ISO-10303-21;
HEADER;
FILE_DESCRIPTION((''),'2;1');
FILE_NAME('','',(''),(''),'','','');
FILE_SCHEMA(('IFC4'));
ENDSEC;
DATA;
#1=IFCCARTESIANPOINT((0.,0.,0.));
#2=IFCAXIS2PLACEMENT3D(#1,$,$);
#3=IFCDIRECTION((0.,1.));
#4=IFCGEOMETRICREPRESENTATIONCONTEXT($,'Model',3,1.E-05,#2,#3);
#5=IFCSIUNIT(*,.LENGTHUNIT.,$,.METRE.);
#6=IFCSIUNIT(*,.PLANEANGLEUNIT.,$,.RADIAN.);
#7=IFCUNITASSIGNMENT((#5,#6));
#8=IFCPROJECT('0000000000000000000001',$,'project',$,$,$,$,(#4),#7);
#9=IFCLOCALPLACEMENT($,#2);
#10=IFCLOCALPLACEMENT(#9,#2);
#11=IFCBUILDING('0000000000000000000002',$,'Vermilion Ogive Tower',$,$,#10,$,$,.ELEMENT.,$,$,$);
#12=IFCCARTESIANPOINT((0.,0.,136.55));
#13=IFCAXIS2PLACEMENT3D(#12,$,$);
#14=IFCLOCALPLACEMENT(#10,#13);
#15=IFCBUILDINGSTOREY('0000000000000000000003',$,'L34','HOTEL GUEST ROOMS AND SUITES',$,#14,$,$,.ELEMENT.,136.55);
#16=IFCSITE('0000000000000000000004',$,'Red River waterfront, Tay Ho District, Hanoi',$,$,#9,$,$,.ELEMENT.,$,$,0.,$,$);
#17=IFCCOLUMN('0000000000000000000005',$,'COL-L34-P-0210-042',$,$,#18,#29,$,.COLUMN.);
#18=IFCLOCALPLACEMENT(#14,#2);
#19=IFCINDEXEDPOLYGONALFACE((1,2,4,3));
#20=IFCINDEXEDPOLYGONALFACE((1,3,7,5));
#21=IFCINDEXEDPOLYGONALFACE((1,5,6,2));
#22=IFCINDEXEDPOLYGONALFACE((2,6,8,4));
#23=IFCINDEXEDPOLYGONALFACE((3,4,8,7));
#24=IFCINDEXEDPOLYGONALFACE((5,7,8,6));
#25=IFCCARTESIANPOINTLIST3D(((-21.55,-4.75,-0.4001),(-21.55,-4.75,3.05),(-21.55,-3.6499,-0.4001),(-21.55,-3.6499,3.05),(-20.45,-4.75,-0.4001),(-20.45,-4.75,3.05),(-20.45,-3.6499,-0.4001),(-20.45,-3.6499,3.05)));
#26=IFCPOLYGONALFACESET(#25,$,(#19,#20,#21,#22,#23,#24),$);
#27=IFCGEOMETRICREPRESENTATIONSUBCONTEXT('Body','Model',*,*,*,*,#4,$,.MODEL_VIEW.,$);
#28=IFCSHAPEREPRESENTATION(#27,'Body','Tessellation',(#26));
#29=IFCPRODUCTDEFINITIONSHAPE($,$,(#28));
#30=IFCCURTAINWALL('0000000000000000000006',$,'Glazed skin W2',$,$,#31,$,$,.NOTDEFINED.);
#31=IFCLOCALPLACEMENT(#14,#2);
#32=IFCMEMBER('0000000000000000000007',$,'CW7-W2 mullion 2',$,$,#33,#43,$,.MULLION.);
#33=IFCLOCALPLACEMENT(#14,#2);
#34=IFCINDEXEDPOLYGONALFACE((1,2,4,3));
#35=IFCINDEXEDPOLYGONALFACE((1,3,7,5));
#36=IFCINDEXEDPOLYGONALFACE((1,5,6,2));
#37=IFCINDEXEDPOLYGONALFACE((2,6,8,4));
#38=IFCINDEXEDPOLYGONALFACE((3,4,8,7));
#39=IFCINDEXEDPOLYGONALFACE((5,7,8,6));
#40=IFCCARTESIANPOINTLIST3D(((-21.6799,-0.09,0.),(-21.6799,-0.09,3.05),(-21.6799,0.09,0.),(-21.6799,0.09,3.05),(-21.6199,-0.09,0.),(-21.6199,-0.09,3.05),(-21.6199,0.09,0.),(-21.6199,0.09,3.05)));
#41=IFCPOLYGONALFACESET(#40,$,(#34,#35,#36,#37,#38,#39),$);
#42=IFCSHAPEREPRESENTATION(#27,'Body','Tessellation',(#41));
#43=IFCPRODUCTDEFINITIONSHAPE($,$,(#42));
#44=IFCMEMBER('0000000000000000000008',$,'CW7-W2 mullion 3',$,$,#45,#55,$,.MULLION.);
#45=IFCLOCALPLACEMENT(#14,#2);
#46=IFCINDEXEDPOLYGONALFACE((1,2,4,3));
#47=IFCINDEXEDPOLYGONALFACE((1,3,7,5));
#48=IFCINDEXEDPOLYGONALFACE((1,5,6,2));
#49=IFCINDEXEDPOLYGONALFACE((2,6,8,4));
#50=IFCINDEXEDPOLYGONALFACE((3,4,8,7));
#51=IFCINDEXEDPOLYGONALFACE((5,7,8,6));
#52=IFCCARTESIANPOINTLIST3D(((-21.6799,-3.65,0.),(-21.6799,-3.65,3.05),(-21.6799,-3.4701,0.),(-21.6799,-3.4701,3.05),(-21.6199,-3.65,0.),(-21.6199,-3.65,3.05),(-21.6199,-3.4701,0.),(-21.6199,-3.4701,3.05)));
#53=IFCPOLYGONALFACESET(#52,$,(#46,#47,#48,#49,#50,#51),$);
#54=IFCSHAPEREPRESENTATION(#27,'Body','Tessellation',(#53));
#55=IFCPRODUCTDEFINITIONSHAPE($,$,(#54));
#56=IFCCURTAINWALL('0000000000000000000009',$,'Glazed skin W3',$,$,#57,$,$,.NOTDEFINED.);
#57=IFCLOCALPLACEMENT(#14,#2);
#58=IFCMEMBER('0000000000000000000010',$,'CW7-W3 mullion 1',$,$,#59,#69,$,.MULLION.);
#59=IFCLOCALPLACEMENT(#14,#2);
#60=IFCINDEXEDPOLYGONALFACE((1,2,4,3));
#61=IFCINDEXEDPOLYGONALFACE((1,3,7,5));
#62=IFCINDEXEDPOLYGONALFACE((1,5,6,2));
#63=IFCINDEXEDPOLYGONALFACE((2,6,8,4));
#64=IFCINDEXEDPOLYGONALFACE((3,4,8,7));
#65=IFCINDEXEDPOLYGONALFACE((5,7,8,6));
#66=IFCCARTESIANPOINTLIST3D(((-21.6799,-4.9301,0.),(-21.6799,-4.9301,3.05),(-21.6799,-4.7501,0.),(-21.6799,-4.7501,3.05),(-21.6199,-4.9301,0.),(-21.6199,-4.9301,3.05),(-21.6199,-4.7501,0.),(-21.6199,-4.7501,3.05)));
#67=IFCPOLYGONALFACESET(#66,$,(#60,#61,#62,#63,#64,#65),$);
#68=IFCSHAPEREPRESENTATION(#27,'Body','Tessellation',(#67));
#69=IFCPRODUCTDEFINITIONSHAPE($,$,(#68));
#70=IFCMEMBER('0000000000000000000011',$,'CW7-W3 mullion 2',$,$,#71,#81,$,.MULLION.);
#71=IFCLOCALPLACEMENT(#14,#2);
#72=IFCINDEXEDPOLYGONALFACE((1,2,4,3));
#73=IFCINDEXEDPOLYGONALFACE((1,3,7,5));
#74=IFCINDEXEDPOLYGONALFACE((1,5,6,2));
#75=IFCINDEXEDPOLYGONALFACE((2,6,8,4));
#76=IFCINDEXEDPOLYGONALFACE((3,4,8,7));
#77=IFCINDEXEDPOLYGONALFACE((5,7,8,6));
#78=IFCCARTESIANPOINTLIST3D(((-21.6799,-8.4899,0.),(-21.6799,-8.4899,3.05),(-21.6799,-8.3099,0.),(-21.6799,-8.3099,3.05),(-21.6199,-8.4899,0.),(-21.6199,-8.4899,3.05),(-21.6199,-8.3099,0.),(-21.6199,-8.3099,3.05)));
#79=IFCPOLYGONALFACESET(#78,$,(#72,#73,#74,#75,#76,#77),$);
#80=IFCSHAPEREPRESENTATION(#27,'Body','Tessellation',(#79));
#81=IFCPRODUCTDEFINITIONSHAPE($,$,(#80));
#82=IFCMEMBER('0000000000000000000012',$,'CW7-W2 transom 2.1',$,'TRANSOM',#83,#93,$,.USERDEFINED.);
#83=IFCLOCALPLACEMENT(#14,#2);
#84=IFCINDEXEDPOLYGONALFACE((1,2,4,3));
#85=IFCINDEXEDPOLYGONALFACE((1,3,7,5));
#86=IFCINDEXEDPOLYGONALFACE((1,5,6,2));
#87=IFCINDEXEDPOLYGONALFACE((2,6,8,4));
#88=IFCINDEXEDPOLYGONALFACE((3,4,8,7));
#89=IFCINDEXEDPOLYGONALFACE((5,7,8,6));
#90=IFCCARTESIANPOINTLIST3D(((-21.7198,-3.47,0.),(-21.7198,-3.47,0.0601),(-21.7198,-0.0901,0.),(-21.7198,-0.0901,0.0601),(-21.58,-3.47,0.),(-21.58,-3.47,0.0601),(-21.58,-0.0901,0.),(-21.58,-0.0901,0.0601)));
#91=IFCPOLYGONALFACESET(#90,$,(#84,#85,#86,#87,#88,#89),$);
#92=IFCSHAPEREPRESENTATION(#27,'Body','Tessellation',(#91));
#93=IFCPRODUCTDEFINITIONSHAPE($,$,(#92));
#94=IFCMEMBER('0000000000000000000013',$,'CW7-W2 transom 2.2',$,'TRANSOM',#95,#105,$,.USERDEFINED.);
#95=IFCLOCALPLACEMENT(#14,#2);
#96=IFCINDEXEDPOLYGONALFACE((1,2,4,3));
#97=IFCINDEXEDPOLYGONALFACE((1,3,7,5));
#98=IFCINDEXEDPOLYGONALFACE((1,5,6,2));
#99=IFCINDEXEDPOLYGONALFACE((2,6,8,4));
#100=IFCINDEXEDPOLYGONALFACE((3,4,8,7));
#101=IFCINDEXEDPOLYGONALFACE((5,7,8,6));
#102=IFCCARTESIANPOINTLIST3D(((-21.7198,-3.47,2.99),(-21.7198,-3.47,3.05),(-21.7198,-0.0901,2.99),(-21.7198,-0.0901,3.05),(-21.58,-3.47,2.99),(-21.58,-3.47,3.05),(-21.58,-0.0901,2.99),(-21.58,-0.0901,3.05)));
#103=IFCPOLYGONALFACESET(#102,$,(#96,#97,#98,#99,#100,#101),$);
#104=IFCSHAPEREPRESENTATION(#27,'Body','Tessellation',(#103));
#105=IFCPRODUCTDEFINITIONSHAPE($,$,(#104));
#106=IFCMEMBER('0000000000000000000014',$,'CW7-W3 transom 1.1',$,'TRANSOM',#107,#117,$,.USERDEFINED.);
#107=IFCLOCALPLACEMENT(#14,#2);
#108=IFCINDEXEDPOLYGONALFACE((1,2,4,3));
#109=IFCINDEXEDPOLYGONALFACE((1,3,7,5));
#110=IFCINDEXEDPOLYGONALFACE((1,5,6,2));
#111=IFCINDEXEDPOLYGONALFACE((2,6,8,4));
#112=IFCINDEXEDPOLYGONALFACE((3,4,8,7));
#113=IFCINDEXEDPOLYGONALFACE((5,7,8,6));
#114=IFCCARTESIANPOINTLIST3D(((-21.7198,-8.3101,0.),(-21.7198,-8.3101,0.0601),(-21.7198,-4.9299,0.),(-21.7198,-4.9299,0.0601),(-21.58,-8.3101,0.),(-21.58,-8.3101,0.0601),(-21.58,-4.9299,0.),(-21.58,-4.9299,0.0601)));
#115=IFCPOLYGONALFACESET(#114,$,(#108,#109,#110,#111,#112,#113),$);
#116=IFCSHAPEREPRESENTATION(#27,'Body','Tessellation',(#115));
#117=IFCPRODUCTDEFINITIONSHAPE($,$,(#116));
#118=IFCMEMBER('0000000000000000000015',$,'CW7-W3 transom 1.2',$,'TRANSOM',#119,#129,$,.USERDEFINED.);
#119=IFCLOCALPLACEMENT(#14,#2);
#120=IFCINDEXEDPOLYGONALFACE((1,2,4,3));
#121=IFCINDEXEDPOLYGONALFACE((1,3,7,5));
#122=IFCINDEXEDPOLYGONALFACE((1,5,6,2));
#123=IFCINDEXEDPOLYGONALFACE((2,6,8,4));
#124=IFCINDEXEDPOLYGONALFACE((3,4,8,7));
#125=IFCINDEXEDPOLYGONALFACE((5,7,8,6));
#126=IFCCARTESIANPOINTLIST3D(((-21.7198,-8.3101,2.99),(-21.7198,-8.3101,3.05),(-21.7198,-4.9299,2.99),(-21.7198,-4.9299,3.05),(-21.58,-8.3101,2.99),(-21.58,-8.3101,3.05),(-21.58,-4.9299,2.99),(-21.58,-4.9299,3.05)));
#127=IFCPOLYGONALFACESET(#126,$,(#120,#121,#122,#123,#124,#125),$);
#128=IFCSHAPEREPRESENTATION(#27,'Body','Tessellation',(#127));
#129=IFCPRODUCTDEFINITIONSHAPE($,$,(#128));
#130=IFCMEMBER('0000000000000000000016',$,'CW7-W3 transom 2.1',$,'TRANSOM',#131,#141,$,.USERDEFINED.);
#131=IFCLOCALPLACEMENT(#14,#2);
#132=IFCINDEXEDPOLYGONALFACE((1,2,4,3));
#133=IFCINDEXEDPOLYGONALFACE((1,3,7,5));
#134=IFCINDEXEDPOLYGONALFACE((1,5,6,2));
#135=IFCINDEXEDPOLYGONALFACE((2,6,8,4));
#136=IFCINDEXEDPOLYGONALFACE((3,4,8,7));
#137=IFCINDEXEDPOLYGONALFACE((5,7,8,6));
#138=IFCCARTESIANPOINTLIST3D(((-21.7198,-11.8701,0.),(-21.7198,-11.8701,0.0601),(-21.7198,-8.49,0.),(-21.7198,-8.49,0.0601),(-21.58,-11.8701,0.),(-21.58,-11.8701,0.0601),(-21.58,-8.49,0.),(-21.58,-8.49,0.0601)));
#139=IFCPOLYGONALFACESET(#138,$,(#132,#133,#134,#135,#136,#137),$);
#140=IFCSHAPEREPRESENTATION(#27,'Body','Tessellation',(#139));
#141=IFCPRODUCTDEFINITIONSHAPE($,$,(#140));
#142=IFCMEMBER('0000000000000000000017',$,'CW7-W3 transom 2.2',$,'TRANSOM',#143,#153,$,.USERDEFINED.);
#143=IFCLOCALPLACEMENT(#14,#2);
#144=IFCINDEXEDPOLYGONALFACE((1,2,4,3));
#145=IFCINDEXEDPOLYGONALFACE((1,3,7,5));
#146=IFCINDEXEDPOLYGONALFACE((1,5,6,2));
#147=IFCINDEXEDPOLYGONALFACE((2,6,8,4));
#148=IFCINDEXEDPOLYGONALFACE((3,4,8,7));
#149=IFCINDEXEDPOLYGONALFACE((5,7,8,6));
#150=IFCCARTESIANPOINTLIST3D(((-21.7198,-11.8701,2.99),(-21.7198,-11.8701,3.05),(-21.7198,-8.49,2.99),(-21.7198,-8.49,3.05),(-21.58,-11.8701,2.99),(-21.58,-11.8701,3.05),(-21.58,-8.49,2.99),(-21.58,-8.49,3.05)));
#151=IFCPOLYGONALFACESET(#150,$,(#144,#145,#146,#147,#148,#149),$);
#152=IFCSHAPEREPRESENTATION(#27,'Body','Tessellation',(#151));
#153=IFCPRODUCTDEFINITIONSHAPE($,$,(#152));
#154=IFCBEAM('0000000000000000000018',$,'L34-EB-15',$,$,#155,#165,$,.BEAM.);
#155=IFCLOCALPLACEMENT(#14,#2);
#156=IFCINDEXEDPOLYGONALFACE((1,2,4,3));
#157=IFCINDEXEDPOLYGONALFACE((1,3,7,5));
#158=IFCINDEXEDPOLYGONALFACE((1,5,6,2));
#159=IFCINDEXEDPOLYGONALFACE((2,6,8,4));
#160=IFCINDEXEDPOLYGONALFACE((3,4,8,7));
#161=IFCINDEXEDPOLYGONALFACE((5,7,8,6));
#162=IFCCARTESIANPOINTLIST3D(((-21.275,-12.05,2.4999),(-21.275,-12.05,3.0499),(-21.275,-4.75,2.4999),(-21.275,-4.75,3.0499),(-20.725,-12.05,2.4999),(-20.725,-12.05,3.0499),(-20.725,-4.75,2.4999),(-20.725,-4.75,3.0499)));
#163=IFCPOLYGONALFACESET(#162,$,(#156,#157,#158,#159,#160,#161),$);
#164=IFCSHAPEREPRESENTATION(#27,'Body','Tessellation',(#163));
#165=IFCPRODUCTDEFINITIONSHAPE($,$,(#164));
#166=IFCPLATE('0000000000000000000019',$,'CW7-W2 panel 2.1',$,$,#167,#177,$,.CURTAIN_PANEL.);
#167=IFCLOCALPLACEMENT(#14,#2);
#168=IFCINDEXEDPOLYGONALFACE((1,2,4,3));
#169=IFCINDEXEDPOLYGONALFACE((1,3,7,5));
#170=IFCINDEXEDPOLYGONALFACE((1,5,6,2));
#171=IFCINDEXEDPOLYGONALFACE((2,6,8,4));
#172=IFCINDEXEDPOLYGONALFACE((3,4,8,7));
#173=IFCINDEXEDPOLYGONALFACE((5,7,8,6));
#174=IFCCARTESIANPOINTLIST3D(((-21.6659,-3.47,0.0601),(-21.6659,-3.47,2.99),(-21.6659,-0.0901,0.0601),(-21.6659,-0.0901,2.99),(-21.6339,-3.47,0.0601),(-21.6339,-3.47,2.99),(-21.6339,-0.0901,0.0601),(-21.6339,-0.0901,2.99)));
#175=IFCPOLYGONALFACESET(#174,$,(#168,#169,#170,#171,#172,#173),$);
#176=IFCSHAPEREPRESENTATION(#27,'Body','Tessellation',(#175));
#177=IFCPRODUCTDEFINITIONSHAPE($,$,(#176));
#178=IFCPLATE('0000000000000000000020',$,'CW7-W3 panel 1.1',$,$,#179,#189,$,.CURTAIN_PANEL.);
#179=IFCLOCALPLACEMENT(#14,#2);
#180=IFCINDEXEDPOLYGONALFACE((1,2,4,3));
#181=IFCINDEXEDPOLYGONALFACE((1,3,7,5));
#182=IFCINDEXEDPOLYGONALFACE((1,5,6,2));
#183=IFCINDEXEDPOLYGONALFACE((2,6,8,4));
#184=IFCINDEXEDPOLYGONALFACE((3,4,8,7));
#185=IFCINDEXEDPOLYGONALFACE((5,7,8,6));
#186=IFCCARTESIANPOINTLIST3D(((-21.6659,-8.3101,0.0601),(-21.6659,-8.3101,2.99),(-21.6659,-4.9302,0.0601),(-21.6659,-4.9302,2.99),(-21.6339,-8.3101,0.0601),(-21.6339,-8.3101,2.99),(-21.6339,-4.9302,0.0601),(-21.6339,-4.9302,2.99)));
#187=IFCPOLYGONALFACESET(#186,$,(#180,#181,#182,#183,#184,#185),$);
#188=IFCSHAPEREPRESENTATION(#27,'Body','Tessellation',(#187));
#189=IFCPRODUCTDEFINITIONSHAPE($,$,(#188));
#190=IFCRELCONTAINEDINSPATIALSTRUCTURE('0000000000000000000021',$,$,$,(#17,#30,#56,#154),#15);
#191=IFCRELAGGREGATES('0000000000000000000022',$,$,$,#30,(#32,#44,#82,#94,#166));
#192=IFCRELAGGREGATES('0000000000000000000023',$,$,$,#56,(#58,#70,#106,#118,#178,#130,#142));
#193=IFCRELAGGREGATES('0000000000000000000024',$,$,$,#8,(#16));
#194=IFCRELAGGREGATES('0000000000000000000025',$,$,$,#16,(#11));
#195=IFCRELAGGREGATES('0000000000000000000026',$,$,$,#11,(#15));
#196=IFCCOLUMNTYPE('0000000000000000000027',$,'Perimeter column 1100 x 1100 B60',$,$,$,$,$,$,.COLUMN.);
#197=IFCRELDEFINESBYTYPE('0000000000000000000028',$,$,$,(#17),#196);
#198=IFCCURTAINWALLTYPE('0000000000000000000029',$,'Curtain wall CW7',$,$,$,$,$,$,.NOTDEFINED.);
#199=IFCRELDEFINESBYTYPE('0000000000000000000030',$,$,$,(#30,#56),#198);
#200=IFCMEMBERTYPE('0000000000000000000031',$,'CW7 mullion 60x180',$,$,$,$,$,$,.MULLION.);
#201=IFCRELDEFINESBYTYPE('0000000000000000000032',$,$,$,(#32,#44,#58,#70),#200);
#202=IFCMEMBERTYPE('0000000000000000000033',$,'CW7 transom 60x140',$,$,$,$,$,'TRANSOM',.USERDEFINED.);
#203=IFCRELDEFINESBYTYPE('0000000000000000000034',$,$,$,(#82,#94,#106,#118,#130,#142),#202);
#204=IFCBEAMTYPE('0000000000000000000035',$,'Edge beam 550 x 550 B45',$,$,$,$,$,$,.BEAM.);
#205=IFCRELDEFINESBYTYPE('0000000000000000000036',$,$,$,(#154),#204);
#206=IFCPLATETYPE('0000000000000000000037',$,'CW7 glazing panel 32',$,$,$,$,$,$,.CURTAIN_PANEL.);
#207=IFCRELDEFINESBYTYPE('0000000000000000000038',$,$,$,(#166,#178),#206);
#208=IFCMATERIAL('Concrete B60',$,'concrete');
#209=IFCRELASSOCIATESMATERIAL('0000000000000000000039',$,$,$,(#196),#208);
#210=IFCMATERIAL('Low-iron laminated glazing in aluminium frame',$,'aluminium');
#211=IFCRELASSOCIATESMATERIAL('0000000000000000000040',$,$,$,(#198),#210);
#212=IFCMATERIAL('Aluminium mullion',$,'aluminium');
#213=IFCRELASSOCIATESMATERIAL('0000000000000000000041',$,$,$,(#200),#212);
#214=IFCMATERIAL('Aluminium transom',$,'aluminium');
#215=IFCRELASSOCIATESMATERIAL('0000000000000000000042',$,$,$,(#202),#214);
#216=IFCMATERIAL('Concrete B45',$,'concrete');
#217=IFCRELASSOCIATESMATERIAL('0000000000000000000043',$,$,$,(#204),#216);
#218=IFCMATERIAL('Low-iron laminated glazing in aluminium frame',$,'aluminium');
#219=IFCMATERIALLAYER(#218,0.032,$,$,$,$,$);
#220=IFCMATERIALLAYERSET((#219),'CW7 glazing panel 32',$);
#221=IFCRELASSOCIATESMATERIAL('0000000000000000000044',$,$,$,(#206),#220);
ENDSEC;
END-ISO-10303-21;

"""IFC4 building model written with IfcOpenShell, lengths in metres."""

from ifc_helpers import new_model, si_unit, direction, frame, origin, origin_2d, place, context, subcontext, project, spatial, rectangle, extrude, material, layer, layer_set, material_profile, profile_set, type_object, element, aggregate, save


model = new_model("IFC4")

# Units and contexts
model_context = context("Model", 3, precision=1e-05, world=origin(), true_north=direction((0.0, 1.0)))
body_context = subcontext(model_context, "Body", "Model", "MODEL_VIEW")
ifc_project = project(units=[si_unit("LENGTHUNIT", "METRE"), si_unit("PLANEANGLEUNIT", "RADIAN")], contexts=[model_context])

# Site, building, storey
site_placement = place(None, origin())
site = spatial("IfcSite", under=ifc_project, at=site_placement, Name="Red River waterfront, Tay Ho District, Hanoi", CompositionType="ELEMENT", RefElevation=0.0)
building_placement = place(site_placement, origin())
building = spatial("IfcBuilding", under=site, at=building_placement, Name="Vermilion Ogive Tower", CompositionType="ELEMENT")
storey_placement = place(building_placement, frame((0.0, 0.0, 136.55)))
storey = spatial("IfcBuildingStorey", under=building, at=storey_placement, Name="L34", Description="HOTEL GUEST ROOMS AND SUITES", CompositionType="ELEMENT", Elevation=136.55)

# Column
ifc_material_1 = material(Name="Concrete B60", Category="concrete")
ifc_material_profile_1 = material_profile(ifc_material_1, rectangle(XDim=1.1001, YDim=1.1001, at=origin_2d()), Name="1100 x 1100")
ifc_profile_set_1 = profile_set([ifc_material_profile_1], Name="Concrete B60")
column_type = type_object("IfcColumnType", Name="Perimeter column 1100 x 1100 B60", PredefinedType="COLUMN", material=ifc_profile_set_1)
column_placement = place(storey_placement, frame((-21.0, -4.2, -0.4001), z_axis=(0.0, 0.0, 1.0), x_axis=(1.0, 0.0, 0.0)))
element("IfcColumn", 1, at=column_placement, inside=storey, type_object=column_type, Name="COL-L34-P-0210-042", PredefinedType="COLUMN", context=body_context, shape_type="SweptSolid", body=[
    extrude(rectangle(XDim=1.1001, YDim=1.1001, at=origin_2d()), origin(), (0.0, 0.0, 1.0), 3.4502),
])

# Curtain walls, members
ifc_material_2 = material(Name="Low-iron laminated glazing in aluminium frame", Category="aluminium")
curtain_wall_type = type_object("IfcCurtainWallType", Name="Curtain wall CW7", PredefinedType="NOTDEFINED", material=ifc_material_2)
curtain_wall_1_placement = place(storey_placement, origin())
curtain_wall_1 = element("IfcCurtainWall", 2, at=curtain_wall_1_placement, inside=storey, type_object=curtain_wall_type, Name="Glazed skin W2", PredefinedType="NOTDEFINED")
ifc_material_3 = material(Name="Aluminium mullion", Category="aluminium")
ifc_material_profile_2 = material_profile(ifc_material_3, rectangle(XDim=0.0601, YDim=0.1799, at=origin_2d()), Name="AL 60x180")
ifc_profile_set_2 = profile_set([ifc_material_profile_2], Name="Aluminium mullion")
member_type_1 = type_object("IfcMemberType", Name="CW7 mullion 60x180", PredefinedType="MULLION", material=ifc_profile_set_2)
member_1_placement = place(storey_placement, frame((-21.6499, 0.0, 0.0), z_axis=(0.0, 0.0, 1.0), x_axis=(1.0, 0.0, 0.0)))
member_1 = element("IfcMember", 3, at=member_1_placement, type_object=member_type_1, Name="CW7-W2 mullion 2", PredefinedType="MULLION", context=body_context, shape_type="SweptSolid", body=[
    extrude(rectangle(XDim=0.0601, YDim=0.1799, at=origin_2d()), origin(), (0.0, 0.0, 1.0), 3.05),
])
member_2_placement = place(storey_placement, frame((-21.6499, -3.5601, 0.0), z_axis=(0.0, 0.0, 1.0), x_axis=(1.0, 0.0, 0.0)))
member_2 = element("IfcMember", 4, at=member_2_placement, type_object=member_type_1, Name="CW7-W2 mullion 3", PredefinedType="MULLION", context=body_context, shape_type="SweptSolid", body=[
    extrude(rectangle(XDim=0.0601, YDim=0.1799, at=origin_2d()), origin(), (0.0, 0.0, 1.0), 3.05),
])
curtain_wall_2_placement = place(storey_placement, origin())
curtain_wall_2 = element("IfcCurtainWall", 5, at=curtain_wall_2_placement, inside=storey, type_object=curtain_wall_type, Name="Glazed skin W3", PredefinedType="NOTDEFINED")
member_3_placement = place(storey_placement, frame((-21.6499, -4.8401, 0.0), z_axis=(0.0, 0.0, 1.0), x_axis=(1.0, 0.0, 0.0)))
member_3 = element("IfcMember", 6, at=member_3_placement, type_object=member_type_1, Name="CW7-W3 mullion 1", PredefinedType="MULLION", context=body_context, shape_type="SweptSolid", body=[
    extrude(rectangle(XDim=0.0601, YDim=0.1799, at=origin_2d()), origin(), (0.0, 0.0, 1.0), 3.05),
])
member_4_placement = place(storey_placement, frame((-21.6499, -8.3999, 0.0), z_axis=(0.0, 0.0, 1.0), x_axis=(1.0, 0.0, 0.0)))
member_4 = element("IfcMember", 7, at=member_4_placement, type_object=member_type_1, Name="CW7-W3 mullion 2", PredefinedType="MULLION", context=body_context, shape_type="SweptSolid", body=[
    extrude(rectangle(XDim=0.0601, YDim=0.1799, at=origin_2d()), origin(), (0.0, 0.0, 1.0), 3.05),
])

# Members
ifc_material_4 = material(Name="Aluminium transom", Category="aluminium")
ifc_material_profile_3 = material_profile(ifc_material_4, rectangle(XDim=0.1399, YDim=0.0601, at=origin_2d()), Name="AL 60x140")
ifc_profile_set_3 = profile_set([ifc_material_profile_3], Name="Aluminium transom")
member_type_2 = type_object("IfcMemberType", Name="CW7 transom 60x140", ElementType="TRANSOM", PredefinedType="USERDEFINED", material=ifc_profile_set_3)
member_5_placement = place(storey_placement, frame((-21.6499, -0.0901, 0.03), z_axis=(0.0, -1.0, 0.0), x_axis=(1.0, 0.0, 0.0)))
member_5 = element("IfcMember", 8, at=member_5_placement, type_object=member_type_2, Name="CW7-W2 transom 2.1", ObjectType="TRANSOM", PredefinedType="USERDEFINED", context=body_context, shape_type="SweptSolid", body=[
    extrude(rectangle(XDim=0.1399, YDim=0.0601, at=origin_2d()), origin(), (0.0, 0.0, 1.0), 3.3799),
])
member_6_placement = place(storey_placement, frame((-21.6499, -0.0901, 3.02), z_axis=(0.0, -1.0, 0.0), x_axis=(1.0, 0.0, 0.0)))
member_6 = element("IfcMember", 9, at=member_6_placement, type_object=member_type_2, Name="CW7-W2 transom 2.2", ObjectType="TRANSOM", PredefinedType="USERDEFINED", context=body_context, shape_type="SweptSolid", body=[
    extrude(rectangle(XDim=0.1399, YDim=0.0601, at=origin_2d()), origin(), (0.0, 0.0, 1.0), 3.3799),
])
member_7_placement = place(storey_placement, frame((-21.6499, -4.9299, 0.03), z_axis=(0.0, -1.0, 0.0), x_axis=(1.0, 0.0, 0.0)))
member_7 = element("IfcMember", 10, at=member_7_placement, type_object=member_type_2, Name="CW7-W3 transom 1.1", ObjectType="TRANSOM", PredefinedType="USERDEFINED", context=body_context, shape_type="SweptSolid", body=[
    extrude(rectangle(XDim=0.1399, YDim=0.0601, at=origin_2d()), origin(), (0.0, 0.0, 1.0), 3.3801),
])
member_8_placement = place(storey_placement, frame((-21.6499, -4.9299, 3.02), z_axis=(0.0, -1.0, 0.0), x_axis=(1.0, 0.0, 0.0)))
member_8 = element("IfcMember", 11, at=member_8_placement, type_object=member_type_2, Name="CW7-W3 transom 1.2", ObjectType="TRANSOM", PredefinedType="USERDEFINED", context=body_context, shape_type="SweptSolid", body=[
    extrude(rectangle(XDim=0.1399, YDim=0.0601, at=origin_2d()), origin(), (0.0, 0.0, 1.0), 3.3801),
])
member_9_placement = place(storey_placement, frame((-21.6499, -8.49, 0.03), z_axis=(0.0, -1.0, 0.0), x_axis=(1.0, 0.0, 0.0)))
member_9 = element("IfcMember", 12, at=member_9_placement, type_object=member_type_2, Name="CW7-W3 transom 2.1", ObjectType="TRANSOM", PredefinedType="USERDEFINED", context=body_context, shape_type="SweptSolid", body=[
    extrude(rectangle(XDim=0.1399, YDim=0.0601, at=origin_2d()), origin(), (0.0, 0.0, 1.0), 3.3801),
])
member_10_placement = place(storey_placement, frame((-21.6499, -8.49, 3.02), z_axis=(0.0, -1.0, 0.0), x_axis=(1.0, 0.0, 0.0)))
member_10 = element("IfcMember", 13, at=member_10_placement, type_object=member_type_2, Name="CW7-W3 transom 2.2", ObjectType="TRANSOM", PredefinedType="USERDEFINED", context=body_context, shape_type="SweptSolid", body=[
    extrude(rectangle(XDim=0.1399, YDim=0.0601, at=origin_2d()), origin(), (0.0, 0.0, 1.0), 3.3801),
])

# Beam
ifc_material_5 = material(Name="Concrete B45", Category="concrete")
ifc_material_profile_4 = material_profile(ifc_material_5, rectangle(XDim=0.55, YDim=0.55, at=origin_2d()), Name="550 x 550")
ifc_profile_set_4 = profile_set([ifc_material_profile_4], Name="Concrete B45")
beam_type = type_object("IfcBeamType", Name="Edge beam 550 x 550 B45", PredefinedType="BEAM", material=ifc_profile_set_4)
beam_placement = place(storey_placement, frame((-21.0, -4.75, 2.7749), z_axis=(0.0, -1.0, 0.0), x_axis=(1.0, 0.0, 0.0)))
element("IfcBeam", 14, at=beam_placement, inside=storey, type_object=beam_type, Name="L34-EB-15", PredefinedType="BEAM", context=body_context, shape_type="SweptSolid", body=[
    extrude(rectangle(XDim=0.55, YDim=0.55, at=origin_2d()), origin(), (0.0, 0.0, 1.0), 7.3),
])

# Plates
ifc_material_6 = material(Name="Low-iron laminated glazing in aluminium frame", Category="aluminium")
ifc_layer_1 = layer(ifc_material_6, 0.032)
ifc_layer_set_1 = layer_set([ifc_layer_1], Name="CW7 glazing panel 32")
plate_type = type_object("IfcPlateType", Name="CW7 glazing panel 32", PredefinedType="CURTAIN_PANEL", material=ifc_layer_set_1)
plate_1_placement = place(storey_placement, frame((-21.6499, -1.78, 0.0601), z_axis=(0.0, 0.0, 1.0), x_axis=(0.0, -1.0, 0.0)))
plate_1 = element("IfcPlate", 15, at=plate_1_placement, type_object=plate_type, Name="CW7-W2 panel 2.1", PredefinedType="CURTAIN_PANEL", context=body_context, shape_type="SweptSolid", body=[
    extrude(rectangle(XDim=3.3799, YDim=0.032, at=origin_2d()), origin(), (0.0, 0.0, 1.0), 2.9299),
])
aggregate(curtain_wall_1, [member_1, member_2, member_5, member_6, plate_1])
plate_2_placement = place(storey_placement, frame((-21.6499, -6.6201, 0.0601), z_axis=(0.0, 0.0, 1.0), x_axis=(0.0, -1.0, 0.0)))
plate_2 = element("IfcPlate", 16, at=plate_2_placement, type_object=plate_type, Name="CW7-W3 panel 1.1", PredefinedType="CURTAIN_PANEL", context=body_context, shape_type="SweptSolid", body=[
    extrude(rectangle(XDim=3.3799, YDim=0.032, at=origin_2d()), origin(), (0.0, 0.0, 1.0), 2.9299),
])
aggregate(curtain_wall_2, [member_3, member_4, member_7, member_8, plate_2, member_9, member_10])

save(model, "model.ifc")
